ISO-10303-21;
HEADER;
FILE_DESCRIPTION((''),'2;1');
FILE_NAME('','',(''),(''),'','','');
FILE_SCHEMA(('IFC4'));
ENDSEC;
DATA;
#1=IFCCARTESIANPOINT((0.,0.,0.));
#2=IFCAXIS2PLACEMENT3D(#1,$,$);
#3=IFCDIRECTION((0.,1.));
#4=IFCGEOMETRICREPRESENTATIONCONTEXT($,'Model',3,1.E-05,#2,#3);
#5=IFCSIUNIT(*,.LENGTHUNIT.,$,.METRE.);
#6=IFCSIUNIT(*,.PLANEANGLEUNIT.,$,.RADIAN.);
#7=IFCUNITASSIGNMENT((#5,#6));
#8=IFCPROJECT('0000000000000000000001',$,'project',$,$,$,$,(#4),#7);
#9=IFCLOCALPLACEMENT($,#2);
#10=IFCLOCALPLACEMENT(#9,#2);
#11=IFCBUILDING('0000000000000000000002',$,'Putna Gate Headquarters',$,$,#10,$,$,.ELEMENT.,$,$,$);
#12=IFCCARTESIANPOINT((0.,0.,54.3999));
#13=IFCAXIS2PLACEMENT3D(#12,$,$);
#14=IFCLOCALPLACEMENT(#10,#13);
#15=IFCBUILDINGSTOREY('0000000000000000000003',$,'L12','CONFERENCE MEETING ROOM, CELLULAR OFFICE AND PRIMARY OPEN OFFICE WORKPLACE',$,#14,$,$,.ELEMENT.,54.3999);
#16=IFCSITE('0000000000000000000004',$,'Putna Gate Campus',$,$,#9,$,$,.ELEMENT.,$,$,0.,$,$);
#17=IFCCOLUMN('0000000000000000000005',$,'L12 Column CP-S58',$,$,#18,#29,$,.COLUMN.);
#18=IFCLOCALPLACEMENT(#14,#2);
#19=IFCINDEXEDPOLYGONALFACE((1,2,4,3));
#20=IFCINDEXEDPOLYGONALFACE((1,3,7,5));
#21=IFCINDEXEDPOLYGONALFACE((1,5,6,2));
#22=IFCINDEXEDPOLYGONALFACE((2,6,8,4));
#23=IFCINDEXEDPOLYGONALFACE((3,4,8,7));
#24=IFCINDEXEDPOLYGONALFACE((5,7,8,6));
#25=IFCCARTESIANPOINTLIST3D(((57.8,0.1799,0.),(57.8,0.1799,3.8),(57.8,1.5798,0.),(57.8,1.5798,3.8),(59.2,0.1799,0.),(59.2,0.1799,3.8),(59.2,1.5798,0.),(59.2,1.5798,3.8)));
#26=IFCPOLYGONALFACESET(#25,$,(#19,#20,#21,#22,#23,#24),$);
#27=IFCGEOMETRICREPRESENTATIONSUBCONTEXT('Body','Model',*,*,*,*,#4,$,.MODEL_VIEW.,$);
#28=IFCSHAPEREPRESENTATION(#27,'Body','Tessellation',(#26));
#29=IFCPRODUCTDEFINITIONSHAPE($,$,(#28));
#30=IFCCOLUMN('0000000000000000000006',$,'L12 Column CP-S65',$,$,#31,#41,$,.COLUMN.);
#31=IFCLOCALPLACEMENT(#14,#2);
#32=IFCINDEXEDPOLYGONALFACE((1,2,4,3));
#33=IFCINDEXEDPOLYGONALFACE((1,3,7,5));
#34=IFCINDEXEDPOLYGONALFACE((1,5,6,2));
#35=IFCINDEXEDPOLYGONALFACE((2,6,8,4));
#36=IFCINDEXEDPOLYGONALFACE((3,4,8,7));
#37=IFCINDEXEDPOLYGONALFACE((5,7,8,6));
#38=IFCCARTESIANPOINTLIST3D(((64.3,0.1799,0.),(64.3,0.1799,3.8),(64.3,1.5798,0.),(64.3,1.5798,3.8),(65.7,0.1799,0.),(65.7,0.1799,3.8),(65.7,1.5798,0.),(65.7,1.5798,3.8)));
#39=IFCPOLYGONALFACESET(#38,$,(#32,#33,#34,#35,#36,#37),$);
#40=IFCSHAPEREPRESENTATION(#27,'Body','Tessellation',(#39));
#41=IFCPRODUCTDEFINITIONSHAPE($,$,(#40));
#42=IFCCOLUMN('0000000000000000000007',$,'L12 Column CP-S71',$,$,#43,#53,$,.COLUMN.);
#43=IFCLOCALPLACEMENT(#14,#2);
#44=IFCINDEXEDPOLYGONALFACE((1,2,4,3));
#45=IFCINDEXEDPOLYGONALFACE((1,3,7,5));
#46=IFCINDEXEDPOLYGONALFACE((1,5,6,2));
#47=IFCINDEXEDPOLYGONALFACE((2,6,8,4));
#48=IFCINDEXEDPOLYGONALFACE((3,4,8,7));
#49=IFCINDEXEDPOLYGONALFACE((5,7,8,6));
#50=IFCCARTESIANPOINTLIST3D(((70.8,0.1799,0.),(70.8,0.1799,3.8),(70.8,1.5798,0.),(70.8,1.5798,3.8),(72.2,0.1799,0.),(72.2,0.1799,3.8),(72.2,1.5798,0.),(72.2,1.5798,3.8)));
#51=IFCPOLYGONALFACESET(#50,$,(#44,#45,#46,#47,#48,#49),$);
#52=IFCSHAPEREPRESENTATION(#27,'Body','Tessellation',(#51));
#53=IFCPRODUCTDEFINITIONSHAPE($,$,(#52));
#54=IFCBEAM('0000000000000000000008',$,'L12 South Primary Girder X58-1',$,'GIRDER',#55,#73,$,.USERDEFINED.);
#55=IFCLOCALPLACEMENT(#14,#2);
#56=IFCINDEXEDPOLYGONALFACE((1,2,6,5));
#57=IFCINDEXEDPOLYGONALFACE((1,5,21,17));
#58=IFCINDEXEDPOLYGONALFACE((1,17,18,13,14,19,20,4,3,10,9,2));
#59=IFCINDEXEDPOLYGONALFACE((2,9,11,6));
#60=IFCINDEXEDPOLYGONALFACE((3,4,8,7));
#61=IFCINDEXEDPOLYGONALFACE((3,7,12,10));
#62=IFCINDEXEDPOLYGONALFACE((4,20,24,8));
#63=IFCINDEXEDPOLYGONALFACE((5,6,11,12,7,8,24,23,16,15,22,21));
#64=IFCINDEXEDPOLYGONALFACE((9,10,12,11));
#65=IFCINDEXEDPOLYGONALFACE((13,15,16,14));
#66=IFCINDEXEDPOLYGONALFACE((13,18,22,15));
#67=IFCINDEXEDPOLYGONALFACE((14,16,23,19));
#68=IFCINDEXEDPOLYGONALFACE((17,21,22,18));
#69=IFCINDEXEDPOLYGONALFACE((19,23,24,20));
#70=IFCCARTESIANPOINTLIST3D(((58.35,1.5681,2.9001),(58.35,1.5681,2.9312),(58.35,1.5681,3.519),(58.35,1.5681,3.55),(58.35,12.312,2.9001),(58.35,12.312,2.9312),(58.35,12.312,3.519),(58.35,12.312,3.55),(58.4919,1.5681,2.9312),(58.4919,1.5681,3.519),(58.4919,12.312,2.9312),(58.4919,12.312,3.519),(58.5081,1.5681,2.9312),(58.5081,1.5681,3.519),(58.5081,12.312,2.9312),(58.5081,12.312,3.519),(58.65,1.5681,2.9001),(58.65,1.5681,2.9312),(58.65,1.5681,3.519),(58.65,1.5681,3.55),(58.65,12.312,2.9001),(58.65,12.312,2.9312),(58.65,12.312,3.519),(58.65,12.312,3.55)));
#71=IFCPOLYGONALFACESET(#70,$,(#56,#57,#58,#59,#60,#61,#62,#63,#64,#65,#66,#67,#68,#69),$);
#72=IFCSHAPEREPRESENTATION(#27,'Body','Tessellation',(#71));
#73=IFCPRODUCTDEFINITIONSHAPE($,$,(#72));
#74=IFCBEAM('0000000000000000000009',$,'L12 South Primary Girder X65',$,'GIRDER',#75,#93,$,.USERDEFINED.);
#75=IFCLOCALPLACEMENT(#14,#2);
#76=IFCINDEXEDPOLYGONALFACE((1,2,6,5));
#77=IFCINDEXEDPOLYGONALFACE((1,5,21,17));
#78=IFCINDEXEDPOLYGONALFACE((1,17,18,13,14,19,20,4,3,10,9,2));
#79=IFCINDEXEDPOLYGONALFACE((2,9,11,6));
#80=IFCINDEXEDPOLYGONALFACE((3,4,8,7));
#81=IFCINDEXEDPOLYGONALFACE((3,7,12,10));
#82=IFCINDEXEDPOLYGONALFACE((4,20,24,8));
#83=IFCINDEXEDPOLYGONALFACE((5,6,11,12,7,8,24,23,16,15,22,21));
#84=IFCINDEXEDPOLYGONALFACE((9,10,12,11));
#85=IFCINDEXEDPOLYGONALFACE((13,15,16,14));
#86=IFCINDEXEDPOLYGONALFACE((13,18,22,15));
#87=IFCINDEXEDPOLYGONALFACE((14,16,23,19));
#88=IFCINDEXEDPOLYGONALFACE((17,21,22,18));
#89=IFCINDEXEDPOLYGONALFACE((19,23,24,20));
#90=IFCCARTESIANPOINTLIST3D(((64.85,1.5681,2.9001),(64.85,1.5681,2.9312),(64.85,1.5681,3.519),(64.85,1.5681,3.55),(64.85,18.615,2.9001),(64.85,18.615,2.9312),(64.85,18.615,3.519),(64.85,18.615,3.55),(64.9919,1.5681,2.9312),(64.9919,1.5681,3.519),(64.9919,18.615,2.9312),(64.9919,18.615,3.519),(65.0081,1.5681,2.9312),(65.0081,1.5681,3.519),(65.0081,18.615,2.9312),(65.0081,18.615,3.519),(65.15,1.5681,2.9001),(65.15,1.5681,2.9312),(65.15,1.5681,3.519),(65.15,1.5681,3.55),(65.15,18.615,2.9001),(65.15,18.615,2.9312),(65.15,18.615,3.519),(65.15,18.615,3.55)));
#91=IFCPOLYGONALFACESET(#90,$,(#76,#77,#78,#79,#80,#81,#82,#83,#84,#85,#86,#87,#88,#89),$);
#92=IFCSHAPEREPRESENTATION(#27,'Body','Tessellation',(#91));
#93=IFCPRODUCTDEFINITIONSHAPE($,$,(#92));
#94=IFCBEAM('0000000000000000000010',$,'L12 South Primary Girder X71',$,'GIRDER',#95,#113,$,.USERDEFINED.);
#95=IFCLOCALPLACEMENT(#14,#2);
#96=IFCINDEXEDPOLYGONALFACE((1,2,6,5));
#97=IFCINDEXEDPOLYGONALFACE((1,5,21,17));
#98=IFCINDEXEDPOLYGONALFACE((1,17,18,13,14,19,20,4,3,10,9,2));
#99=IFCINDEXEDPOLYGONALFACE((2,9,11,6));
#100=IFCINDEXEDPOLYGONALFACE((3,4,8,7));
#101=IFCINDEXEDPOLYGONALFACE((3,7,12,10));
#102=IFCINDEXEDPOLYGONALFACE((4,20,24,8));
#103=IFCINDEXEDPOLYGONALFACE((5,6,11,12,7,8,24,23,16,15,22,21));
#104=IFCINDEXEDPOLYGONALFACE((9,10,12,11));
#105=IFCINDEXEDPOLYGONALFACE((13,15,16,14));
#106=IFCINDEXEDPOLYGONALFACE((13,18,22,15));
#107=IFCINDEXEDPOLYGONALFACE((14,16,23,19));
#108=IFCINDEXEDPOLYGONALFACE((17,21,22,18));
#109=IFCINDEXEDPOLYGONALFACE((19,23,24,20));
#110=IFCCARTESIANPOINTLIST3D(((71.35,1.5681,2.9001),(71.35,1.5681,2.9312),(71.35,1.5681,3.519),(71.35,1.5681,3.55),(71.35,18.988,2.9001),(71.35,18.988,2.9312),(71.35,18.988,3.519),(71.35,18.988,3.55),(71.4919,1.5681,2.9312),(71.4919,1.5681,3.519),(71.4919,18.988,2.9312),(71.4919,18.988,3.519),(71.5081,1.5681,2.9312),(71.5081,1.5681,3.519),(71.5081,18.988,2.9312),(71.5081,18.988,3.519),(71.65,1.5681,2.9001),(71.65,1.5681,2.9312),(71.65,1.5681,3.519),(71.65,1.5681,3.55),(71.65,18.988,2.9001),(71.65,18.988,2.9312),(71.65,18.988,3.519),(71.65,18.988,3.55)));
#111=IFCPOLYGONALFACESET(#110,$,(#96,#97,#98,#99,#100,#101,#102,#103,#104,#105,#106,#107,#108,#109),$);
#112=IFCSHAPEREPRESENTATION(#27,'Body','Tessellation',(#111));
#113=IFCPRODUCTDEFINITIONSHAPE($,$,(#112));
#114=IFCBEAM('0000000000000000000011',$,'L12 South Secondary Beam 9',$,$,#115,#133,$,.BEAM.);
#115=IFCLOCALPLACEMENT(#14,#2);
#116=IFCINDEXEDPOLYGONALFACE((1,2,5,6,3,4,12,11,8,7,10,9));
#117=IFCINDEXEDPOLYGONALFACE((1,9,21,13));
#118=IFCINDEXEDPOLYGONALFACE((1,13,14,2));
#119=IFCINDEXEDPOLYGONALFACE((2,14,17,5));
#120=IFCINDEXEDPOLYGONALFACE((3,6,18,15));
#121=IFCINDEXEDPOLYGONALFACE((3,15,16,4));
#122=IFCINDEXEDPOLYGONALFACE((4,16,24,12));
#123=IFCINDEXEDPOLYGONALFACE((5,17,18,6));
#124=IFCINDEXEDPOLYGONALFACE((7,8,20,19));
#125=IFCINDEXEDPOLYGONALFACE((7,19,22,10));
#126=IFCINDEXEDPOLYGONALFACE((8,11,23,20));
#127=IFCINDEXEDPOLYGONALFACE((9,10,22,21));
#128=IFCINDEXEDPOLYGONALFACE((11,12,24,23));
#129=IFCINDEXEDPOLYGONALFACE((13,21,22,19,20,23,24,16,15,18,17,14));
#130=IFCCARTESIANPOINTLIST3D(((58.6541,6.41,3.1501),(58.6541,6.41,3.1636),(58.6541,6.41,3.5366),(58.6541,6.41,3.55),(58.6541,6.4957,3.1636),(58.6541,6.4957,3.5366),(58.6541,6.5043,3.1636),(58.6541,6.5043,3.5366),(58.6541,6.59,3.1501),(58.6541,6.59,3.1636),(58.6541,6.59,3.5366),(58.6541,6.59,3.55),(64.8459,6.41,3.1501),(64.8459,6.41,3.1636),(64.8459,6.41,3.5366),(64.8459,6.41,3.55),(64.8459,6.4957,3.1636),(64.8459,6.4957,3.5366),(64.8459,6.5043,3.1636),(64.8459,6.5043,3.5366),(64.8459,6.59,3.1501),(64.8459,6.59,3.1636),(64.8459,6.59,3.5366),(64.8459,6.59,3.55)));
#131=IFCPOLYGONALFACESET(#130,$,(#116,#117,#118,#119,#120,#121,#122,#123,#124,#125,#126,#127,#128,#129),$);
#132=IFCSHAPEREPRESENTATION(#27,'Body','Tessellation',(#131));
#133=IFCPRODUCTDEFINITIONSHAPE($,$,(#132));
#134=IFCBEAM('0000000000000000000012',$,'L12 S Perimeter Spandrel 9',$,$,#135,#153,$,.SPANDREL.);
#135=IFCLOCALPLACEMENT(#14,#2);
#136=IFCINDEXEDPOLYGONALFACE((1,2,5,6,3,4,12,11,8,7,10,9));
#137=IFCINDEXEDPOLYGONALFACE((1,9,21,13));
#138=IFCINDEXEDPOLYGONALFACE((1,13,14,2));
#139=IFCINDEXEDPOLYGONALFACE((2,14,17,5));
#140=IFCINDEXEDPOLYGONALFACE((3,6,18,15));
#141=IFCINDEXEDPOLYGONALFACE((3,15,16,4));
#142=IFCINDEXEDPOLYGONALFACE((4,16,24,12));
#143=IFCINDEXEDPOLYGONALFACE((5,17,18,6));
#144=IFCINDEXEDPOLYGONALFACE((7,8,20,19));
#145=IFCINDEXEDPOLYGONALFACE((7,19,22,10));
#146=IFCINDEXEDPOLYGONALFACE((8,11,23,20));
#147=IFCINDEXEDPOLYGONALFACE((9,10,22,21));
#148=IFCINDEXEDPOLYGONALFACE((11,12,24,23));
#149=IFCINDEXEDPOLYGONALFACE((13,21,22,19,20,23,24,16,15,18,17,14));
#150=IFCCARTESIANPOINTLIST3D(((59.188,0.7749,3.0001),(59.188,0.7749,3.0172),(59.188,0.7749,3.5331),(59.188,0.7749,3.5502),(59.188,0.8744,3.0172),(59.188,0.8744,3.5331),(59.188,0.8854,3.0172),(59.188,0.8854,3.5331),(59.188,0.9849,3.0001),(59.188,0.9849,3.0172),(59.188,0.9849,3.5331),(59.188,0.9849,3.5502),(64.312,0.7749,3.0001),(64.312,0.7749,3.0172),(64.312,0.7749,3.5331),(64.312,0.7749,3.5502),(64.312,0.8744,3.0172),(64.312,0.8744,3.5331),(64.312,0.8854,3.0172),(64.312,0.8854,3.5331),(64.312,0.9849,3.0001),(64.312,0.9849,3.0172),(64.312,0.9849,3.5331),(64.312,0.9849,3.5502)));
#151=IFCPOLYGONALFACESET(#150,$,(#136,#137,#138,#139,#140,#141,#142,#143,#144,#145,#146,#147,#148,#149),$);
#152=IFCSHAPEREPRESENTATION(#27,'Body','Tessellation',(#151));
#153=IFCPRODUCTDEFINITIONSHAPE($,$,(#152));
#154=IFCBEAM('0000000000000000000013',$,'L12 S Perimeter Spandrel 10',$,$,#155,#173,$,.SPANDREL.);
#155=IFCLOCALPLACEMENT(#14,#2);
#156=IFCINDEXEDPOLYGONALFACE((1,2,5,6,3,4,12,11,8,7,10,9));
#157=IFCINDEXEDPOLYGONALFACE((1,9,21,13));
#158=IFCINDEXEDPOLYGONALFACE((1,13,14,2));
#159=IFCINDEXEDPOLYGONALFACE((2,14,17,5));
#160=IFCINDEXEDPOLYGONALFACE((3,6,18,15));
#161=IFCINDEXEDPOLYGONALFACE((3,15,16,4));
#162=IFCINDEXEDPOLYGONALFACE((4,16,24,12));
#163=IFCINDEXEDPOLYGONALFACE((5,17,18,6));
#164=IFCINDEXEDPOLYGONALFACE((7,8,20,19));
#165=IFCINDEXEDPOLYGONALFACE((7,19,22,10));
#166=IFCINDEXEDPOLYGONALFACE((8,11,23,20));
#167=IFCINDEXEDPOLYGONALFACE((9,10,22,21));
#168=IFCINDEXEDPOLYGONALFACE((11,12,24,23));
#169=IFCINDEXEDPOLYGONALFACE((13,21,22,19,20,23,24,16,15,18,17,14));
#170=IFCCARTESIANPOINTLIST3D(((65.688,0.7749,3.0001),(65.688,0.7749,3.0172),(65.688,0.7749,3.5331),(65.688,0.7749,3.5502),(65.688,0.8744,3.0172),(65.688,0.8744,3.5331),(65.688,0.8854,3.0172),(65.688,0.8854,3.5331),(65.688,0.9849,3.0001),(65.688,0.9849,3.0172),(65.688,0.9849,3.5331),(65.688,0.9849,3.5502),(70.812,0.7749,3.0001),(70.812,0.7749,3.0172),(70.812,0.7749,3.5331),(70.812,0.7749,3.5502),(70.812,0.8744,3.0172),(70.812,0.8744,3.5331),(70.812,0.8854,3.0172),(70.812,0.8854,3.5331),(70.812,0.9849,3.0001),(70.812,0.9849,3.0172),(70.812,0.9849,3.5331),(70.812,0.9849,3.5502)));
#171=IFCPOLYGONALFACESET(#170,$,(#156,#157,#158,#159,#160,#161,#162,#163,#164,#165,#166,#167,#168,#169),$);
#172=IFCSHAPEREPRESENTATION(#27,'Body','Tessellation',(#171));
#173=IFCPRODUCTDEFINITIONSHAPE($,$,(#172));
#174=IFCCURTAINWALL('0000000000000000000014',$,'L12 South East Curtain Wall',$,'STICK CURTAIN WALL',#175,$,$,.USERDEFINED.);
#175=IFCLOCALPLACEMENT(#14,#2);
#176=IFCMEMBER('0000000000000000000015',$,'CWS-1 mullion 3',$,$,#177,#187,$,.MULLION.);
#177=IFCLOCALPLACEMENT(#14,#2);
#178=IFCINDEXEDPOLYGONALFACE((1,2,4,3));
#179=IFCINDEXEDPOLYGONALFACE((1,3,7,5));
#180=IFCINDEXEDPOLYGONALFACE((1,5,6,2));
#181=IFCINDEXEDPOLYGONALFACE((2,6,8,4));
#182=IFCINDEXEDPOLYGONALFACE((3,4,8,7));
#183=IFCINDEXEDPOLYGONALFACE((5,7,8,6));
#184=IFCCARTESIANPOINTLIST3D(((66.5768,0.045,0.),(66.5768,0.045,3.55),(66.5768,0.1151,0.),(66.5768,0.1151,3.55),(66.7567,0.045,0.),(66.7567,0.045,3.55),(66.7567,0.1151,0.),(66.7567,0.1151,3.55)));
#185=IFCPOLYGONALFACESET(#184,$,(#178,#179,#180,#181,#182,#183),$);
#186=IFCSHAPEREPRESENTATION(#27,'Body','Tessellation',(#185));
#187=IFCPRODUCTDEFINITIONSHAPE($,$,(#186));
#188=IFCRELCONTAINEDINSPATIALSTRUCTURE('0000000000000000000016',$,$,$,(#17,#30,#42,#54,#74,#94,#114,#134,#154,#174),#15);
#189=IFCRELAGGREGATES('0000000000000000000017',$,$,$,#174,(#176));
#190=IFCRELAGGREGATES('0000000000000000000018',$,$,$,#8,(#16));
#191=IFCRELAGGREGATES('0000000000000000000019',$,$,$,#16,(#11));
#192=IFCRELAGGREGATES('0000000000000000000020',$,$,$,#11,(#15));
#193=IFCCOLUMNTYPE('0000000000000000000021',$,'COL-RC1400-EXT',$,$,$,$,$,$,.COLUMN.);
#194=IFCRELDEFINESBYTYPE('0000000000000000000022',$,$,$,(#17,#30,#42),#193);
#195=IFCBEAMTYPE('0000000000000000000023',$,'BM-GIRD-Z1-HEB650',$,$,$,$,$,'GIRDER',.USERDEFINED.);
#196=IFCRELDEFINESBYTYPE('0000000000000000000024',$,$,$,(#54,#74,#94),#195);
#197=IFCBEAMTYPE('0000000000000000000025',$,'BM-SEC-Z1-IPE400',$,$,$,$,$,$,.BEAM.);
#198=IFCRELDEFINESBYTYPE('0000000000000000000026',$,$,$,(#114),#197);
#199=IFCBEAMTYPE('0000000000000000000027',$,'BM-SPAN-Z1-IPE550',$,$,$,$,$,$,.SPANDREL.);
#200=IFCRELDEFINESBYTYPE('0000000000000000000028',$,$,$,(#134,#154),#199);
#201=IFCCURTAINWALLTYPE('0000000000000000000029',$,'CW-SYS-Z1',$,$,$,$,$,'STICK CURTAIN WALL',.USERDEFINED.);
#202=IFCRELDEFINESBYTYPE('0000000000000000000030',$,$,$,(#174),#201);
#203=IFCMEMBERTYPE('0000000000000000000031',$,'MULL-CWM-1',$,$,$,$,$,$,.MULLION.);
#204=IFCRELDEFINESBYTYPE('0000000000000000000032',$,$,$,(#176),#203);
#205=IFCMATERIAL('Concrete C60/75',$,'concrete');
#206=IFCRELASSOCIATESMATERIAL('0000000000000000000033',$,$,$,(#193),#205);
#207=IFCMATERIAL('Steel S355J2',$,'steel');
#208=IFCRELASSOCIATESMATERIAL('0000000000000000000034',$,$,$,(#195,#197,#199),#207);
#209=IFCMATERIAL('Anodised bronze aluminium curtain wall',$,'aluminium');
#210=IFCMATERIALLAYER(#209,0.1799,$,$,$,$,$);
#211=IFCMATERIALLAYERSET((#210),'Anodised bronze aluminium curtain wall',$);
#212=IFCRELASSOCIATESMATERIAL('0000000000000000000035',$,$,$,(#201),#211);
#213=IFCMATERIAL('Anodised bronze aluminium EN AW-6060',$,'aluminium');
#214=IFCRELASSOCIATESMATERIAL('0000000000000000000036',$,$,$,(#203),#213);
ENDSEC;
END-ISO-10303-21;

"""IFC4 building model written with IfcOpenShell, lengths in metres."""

from ifc_helpers import new_model, si_unit, direction, frame, origin, origin_2d, place, context, subcontext, project, spatial, rectangle, i_section, extrude, material, layer, layer_set, material_profile, profile_set, type_object, element, aggregate, save


model = new_model("IFC4")

# Units and contexts
model_context = context("Model", 3, precision=1e-05, world=origin(), true_north=direction((0.0, 1.0)))
body_context = subcontext(model_context, "Body", "Model", "MODEL_VIEW")
ifc_project = project(units=[si_unit("LENGTHUNIT", "METRE"), si_unit("PLANEANGLEUNIT", "RADIAN")], contexts=[model_context])

# Site, building, storey
site_placement = place(None, origin())
site = spatial("IfcSite", under=ifc_project, at=site_placement, Name="Putna Gate Campus", CompositionType="ELEMENT", RefElevation=0.0)
building_placement = place(site_placement, origin())
building = spatial("IfcBuilding", under=site, at=building_placement, Name="Putna Gate Headquarters", CompositionType="ELEMENT")
storey_placement = place(building_placement, frame((0.0, 0.0, 54.3999)))
storey = spatial("IfcBuildingStorey", under=building, at=storey_placement, Name="L12", Description="CONFERENCE MEETING ROOM, CELLULAR OFFICE AND PRIMARY OPEN OFFICE WORKPLACE", CompositionType="ELEMENT", Elevation=54.3999)

# Columns
ifc_material_1 = material(Name="Concrete C60/75", Category="concrete")
ifc_material_profile_1 = material_profile(ifc_material_1, rectangle(XDim=1.3999, YDim=1.3999, at=origin_2d()), Name="Concrete C60/75")
ifc_profile_set_1 = profile_set([ifc_material_profile_1], Name="Concrete C60/75")
column_type = type_object("IfcColumnType", Name="COL-RC1400-EXT", PredefinedType="COLUMN", material=ifc_profile_set_1)
for number, where, z_axis, x_axis, name in (
    (1, (58.5, 0.8799, 0.0), (0.0, 0.0, 1.0), (1.0, 0.0, 0.0), "L12 Column CP-S58"),
    (2, (65.0, 0.8799, 0.0), (0.0, 0.0, 1.0), (1.0, 0.0, 0.0), "L12 Column CP-S65"),
    (3, (71.5, 0.8799, 0.0), (0.0, 0.0, 1.0), (1.0, 0.0, 0.0), "L12 Column CP-S71"),
):
    element("IfcColumn", number, at=place(storey_placement, frame(where, z_axis=z_axis, x_axis=x_axis)), inside=storey, type_object=column_type, Name=name, PredefinedType="COLUMN", context=body_context, shape_type="SweptSolid", body=[
        extrude(rectangle(XDim=1.3999, YDim=1.3999, at=origin_2d()), origin(), (0.0, 0.0, 1.0), 3.8),
    ])

# Beams
ifc_material_2 = material(Name="Steel S355J2", Category="steel")
ifc_material_profile_2 = material_profile(ifc_material_2, i_section(OverallWidth=0.3, OverallDepth=0.6499, WebThickness=0.0161, FlangeThickness=0.031, at=origin_2d()), Name="Steel S355J2")
ifc_profile_set_2 = profile_set([ifc_material_profile_2], Name="Steel S355J2")
beam_type_1 = type_object("IfcBeamType", Name="BM-GIRD-Z1-HEB650", ElementType="GIRDER", PredefinedType="USERDEFINED", material=ifc_profile_set_2)
beam_1_placement = place(storey_placement, frame((58.5, 1.5681, 3.2251), z_axis=(0.0, 1.0, 0.0), x_axis=(-1.0, 0.0, 0.0)))
element("IfcBeam", 4, at=beam_1_placement, inside=storey, type_object=beam_type_1, Name="L12 South Primary Girder X58-1", ObjectType="GIRDER", PredefinedType="USERDEFINED", context=body_context, shape_type="SweptSolid", body=[
    extrude(i_section(OverallWidth=0.3, OverallDepth=0.6499, WebThickness=0.0161, FlangeThickness=0.031, at=origin_2d()), origin(), (0.0, 0.0, 1.0), 10.7439),
])
beam_2_placement = place(storey_placement, frame((65.0, 1.5681, 3.2251), z_axis=(0.0, 1.0, 0.0), x_axis=(-1.0, 0.0, 0.0)))
element("IfcBeam", 5, at=beam_2_placement, inside=storey, type_object=beam_type_1, Name="L12 South Primary Girder X65", ObjectType="GIRDER", PredefinedType="USERDEFINED", context=body_context, shape_type="SweptSolid", body=[
    extrude(i_section(OverallWidth=0.3, OverallDepth=0.6499, WebThickness=0.0161, FlangeThickness=0.031, at=origin_2d()), origin(), (0.0, 0.0, 1.0), 17.0469),
])
beam_3_placement = place(storey_placement, frame((71.5, 1.5681, 3.2251), z_axis=(0.0, 1.0, 0.0), x_axis=(-1.0, 0.0, 0.0)))
element("IfcBeam", 6, at=beam_3_placement, inside=storey, type_object=beam_type_1, Name="L12 South Primary Girder X71", ObjectType="GIRDER", PredefinedType="USERDEFINED", context=body_context, shape_type="SweptSolid", body=[
    extrude(i_section(OverallWidth=0.3, OverallDepth=0.6499, WebThickness=0.0161, FlangeThickness=0.031, at=origin_2d()), origin(), (0.0, 0.0, 1.0), 17.4199),
])
ifc_material_profile_3 = material_profile(ifc_material_2, i_section(OverallWidth=0.1799, OverallDepth=0.3999, WebThickness=0.0085, FlangeThickness=0.0134, at=origin_2d()), Name="Steel S355J2")
ifc_profile_set_3 = profile_set([ifc_material_profile_3], Name="Steel S355J2")
beam_type_2 = type_object("IfcBeamType", Name="BM-SEC-Z1-IPE400", PredefinedType="BEAM", material=ifc_profile_set_3)
beam_4_placement = place(storey_placement, frame((58.6541, 6.5, 3.3501), z_axis=(1.0, 0.0, 0.0), x_axis=(0.0, 1.0, 0.0)))
element("IfcBeam", 7, at=beam_4_placement, inside=storey, type_object=beam_type_2, Name="L12 South Secondary Beam 9", PredefinedType="BEAM", context=body_context, shape_type="SweptSolid", body=[
    extrude(i_section(OverallWidth=0.1799, OverallDepth=0.3999, WebThickness=0.0085, FlangeThickness=0.0134, at=origin_2d()), origin(), (0.0, 0.0, 1.0), 6.1919),
])
ifc_material_profile_4 = material_profile(ifc_material_2, i_section(OverallWidth=0.21, OverallDepth=0.55, WebThickness=0.011, FlangeThickness=0.0171, at=origin_2d()), Name="Steel S355J2")
ifc_profile_set_4 = profile_set([ifc_material_profile_4], Name="Steel S355J2")
beam_type_3 = type_object("IfcBeamType", Name="BM-SPAN-Z1-IPE550", PredefinedType="SPANDREL", material=ifc_profile_set_4)
for number, where, z_axis, x_axis, name in (
    (8, (59.188, 0.8799, 3.2751), (1.0, 0.0, 0.0), (0.0, 1.0, 0.0), "L12 S Perimeter Spandrel 9"),
    (9, (65.688, 0.8799, 3.2751), (1.0, 0.0, 0.0), (0.0, 1.0, 0.0), "L12 S Perimeter Spandrel 10"),
):
    element("IfcBeam", number, at=place(storey_placement, frame(where, z_axis=z_axis, x_axis=x_axis)), inside=storey, type_object=beam_type_3, Name=name, PredefinedType="SPANDREL", context=body_context, shape_type="SweptSolid", body=[
        extrude(i_section(OverallWidth=0.21, OverallDepth=0.55, WebThickness=0.011, FlangeThickness=0.0171, at=origin_2d()), origin(), (0.0, 0.0, 1.0), 5.124),
    ])

# Curtain wall, member
ifc_material_3 = material(Name="Anodised bronze aluminium curtain wall", Category="aluminium")
ifc_layer_1 = layer(ifc_material_3, 0.1799)
ifc_layer_set_1 = layer_set([ifc_layer_1], Name="Anodised bronze aluminium curtain wall")
curtain_wall_type = type_object("IfcCurtainWallType", Name="CW-SYS-Z1", ElementType="STICK CURTAIN WALL", PredefinedType="USERDEFINED", material=ifc_layer_set_1)
curtain_wall_1_placement = place(storey_placement, origin())
curtain_wall_1 = element("IfcCurtainWall", 10, at=curtain_wall_1_placement, inside=storey, type_object=curtain_wall_type, Name="L12 South East Curtain Wall", ObjectType="STICK CURTAIN WALL", PredefinedType="USERDEFINED")
ifc_material_4 = material(Name="Anodised bronze aluminium EN AW-6060", Category="aluminium")
ifc_material_profile_5 = material_profile(ifc_material_4, rectangle(XDim=0.0701, YDim=0.1799, at=origin_2d()), Name="Anodised bronze aluminium EN AW-6060")
ifc_profile_set_5 = profile_set([ifc_material_profile_5], Name="Anodised bronze aluminium EN AW-6060")
member_type_1 = type_object("IfcMemberType", Name="MULL-CWM-1", PredefinedType="MULLION", material=ifc_profile_set_5)
member_1_placement = place(storey_placement, frame((66.6667, 0.0801, 0.0), z_axis=(0.0, 0.0, 1.0), x_axis=(0.0, 1.0, 0.0)))
member_1 = element("IfcMember", 11, at=member_1_placement, type_object=member_type_1, Name="CWS-1 mullion 3", PredefinedType="MULLION", context=body_context, shape_type="SweptSolid", body=[
    extrude(rectangle(XDim=0.0701, YDim=0.1799, at=origin_2d()), origin(), (0.0, 0.0, 1.0), 3.55),
])

aggregate(curtain_wall_1, [member_1])

save(model, "model.ifc")
